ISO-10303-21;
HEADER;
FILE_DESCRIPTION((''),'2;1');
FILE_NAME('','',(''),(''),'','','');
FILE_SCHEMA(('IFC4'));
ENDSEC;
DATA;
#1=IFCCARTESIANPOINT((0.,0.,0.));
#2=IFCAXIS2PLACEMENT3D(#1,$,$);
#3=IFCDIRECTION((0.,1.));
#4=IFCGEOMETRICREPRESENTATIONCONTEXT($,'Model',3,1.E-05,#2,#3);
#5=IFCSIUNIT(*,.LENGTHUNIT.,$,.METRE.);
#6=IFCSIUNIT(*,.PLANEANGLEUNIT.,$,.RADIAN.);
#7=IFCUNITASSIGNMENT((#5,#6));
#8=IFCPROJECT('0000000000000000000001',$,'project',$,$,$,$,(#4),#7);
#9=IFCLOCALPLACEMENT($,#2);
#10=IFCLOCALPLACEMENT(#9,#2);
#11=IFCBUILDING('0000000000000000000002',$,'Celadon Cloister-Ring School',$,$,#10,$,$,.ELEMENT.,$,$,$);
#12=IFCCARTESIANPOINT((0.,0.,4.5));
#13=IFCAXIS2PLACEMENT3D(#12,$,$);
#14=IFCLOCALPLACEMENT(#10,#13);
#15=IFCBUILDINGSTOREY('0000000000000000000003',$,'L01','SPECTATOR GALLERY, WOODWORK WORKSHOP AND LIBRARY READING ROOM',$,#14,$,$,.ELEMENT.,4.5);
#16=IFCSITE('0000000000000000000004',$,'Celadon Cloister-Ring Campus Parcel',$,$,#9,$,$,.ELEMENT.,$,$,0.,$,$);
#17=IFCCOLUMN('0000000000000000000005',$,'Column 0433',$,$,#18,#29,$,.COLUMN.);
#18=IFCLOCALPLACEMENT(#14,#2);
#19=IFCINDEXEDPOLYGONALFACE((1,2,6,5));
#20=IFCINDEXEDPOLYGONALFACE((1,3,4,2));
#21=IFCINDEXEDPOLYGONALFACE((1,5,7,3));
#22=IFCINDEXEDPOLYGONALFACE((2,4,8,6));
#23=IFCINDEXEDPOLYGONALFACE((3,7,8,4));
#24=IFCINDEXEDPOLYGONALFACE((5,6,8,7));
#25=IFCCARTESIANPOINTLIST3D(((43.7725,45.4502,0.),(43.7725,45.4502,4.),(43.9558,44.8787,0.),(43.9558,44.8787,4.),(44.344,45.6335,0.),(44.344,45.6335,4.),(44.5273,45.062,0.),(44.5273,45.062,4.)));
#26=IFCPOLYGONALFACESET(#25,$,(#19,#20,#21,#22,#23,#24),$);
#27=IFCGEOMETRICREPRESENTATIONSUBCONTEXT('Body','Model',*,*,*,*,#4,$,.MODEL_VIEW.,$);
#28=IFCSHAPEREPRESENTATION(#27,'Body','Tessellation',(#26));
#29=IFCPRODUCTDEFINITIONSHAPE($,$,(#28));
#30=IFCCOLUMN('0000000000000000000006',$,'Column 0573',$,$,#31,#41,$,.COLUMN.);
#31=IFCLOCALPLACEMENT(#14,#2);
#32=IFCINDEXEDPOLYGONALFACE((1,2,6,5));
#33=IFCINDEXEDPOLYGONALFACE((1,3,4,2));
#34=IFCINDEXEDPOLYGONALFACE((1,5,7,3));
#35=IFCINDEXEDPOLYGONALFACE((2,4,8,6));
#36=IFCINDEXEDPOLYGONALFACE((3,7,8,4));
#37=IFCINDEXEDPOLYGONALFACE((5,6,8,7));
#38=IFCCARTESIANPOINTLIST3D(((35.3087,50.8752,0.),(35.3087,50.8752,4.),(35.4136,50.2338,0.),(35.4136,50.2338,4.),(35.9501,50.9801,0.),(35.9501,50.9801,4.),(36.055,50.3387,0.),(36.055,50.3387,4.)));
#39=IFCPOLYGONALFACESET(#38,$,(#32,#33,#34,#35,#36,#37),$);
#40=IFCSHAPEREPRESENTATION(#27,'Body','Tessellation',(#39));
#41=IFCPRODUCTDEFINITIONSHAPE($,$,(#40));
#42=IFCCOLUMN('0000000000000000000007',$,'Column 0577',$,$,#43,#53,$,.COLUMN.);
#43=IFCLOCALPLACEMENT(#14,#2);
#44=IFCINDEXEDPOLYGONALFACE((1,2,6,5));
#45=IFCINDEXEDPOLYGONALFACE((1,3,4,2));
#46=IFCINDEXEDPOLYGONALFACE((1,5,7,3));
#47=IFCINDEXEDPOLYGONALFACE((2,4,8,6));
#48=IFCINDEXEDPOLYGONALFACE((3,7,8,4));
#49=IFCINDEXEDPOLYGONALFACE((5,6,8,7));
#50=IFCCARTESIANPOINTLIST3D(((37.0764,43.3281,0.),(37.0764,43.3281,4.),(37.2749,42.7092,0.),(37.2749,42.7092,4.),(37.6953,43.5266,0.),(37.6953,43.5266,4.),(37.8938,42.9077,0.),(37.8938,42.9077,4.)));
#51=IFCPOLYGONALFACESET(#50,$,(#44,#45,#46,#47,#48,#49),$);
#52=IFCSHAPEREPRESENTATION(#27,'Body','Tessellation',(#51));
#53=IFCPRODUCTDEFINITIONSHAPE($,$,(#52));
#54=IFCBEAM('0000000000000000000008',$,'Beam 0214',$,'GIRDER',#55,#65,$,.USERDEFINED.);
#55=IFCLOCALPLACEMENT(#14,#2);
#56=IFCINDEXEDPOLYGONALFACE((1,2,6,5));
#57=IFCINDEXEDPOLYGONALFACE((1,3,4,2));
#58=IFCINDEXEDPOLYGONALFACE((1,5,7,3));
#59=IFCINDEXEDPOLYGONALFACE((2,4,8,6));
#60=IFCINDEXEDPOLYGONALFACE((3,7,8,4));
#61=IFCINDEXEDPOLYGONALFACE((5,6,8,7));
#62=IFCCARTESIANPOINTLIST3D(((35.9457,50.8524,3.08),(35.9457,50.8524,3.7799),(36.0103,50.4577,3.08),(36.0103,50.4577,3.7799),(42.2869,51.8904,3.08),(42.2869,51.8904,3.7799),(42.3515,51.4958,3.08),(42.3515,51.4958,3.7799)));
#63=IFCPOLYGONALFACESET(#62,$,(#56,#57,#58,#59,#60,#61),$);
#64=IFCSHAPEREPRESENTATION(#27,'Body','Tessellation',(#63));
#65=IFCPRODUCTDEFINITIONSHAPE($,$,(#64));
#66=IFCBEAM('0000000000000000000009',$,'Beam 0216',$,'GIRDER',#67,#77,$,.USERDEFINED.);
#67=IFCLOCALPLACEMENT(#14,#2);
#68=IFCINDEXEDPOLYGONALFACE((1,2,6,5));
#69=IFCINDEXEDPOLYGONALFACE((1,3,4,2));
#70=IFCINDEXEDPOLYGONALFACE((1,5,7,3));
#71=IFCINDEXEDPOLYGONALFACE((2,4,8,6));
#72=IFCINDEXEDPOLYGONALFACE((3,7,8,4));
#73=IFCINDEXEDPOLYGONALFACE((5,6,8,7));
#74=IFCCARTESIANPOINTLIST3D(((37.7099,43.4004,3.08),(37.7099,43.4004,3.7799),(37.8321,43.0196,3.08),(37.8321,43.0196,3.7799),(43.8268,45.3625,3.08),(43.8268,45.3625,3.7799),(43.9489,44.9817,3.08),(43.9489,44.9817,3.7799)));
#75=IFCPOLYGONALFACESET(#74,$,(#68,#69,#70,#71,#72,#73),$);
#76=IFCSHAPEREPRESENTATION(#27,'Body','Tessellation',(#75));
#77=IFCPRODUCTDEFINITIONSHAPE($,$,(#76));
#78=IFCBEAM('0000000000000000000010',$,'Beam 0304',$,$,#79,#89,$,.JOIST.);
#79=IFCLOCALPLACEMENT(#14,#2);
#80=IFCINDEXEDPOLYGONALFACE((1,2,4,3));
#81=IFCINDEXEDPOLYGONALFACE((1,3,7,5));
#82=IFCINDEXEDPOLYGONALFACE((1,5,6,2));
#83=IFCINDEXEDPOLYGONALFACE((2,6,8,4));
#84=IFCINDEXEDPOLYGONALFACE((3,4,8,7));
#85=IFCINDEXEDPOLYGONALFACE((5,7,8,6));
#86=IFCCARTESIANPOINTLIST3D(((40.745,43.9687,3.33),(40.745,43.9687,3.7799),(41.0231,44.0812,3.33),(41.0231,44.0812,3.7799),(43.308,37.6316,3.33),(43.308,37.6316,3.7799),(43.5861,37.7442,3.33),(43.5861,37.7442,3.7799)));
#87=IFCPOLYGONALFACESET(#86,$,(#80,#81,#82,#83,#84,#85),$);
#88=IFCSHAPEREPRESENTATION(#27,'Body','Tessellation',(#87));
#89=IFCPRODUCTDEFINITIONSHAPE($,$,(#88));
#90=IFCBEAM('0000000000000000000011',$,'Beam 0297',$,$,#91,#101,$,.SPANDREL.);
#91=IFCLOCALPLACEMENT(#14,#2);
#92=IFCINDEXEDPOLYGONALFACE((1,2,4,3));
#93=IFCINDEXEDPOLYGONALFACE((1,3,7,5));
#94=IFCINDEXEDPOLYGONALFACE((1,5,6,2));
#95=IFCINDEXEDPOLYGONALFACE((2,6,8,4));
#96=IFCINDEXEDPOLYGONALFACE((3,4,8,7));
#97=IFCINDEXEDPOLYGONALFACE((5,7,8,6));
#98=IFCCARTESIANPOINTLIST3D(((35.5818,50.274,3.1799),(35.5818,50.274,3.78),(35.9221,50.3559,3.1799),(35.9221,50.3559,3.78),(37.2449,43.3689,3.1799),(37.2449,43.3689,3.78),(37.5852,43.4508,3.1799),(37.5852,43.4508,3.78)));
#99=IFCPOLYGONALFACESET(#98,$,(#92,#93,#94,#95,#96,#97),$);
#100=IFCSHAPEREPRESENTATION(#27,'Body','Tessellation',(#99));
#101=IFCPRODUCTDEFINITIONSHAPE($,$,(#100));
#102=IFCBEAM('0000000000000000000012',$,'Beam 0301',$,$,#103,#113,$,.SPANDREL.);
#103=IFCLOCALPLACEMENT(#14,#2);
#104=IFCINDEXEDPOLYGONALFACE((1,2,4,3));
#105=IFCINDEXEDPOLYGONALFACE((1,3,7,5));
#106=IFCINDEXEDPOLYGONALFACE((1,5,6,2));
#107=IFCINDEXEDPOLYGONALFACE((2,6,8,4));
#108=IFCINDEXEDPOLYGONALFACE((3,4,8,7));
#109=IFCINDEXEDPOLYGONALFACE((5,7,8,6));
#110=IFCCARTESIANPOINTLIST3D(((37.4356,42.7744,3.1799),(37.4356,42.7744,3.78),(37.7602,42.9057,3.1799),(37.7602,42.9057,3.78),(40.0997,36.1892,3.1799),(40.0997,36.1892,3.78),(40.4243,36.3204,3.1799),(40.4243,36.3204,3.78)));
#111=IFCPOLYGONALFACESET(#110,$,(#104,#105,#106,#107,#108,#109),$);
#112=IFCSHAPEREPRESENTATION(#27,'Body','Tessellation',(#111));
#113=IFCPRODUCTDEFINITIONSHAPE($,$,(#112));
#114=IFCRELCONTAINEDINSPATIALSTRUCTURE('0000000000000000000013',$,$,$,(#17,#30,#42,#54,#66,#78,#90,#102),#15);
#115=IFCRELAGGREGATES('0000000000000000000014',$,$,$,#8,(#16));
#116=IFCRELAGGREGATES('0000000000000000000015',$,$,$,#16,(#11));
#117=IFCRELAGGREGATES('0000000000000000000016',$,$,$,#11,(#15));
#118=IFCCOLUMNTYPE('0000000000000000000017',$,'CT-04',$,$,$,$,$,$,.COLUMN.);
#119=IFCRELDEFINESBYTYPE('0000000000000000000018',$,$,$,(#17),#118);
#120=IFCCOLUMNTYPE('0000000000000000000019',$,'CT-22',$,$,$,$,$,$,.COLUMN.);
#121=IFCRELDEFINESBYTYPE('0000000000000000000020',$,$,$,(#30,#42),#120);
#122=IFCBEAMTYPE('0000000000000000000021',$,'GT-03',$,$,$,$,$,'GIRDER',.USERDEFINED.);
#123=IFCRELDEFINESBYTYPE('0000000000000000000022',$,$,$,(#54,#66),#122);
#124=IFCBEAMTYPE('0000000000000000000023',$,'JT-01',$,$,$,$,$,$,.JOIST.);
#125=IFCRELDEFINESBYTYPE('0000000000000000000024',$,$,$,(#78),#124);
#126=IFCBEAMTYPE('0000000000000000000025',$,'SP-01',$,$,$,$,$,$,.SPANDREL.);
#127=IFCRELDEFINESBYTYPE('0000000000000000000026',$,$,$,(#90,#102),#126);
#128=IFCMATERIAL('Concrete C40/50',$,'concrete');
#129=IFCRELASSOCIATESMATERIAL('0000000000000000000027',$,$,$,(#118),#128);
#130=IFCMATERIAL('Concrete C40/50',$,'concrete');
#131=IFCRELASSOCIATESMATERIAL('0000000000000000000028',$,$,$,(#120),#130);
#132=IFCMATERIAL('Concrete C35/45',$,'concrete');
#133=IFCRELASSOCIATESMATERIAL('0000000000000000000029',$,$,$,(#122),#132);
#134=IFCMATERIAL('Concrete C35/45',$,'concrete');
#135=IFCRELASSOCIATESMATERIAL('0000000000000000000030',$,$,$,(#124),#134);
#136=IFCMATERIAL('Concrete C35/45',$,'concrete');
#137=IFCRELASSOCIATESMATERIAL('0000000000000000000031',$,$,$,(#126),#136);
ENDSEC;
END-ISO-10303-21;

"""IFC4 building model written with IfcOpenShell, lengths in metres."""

from ifc_helpers import new_model, si_unit, direction, frame, origin, origin_2d, place, context, subcontext, project, spatial, rectangle, extrude, material, material_profile, profile_set, type_object, element, save


model = new_model("IFC4")

# Units and contexts
model_context = context("Model", 3, precision=1e-05, world=origin(), true_north=direction((0.0, 1.0)))
body_context = subcontext(model_context, "Body", "Model", "MODEL_VIEW")
ifc_project = project(units=[si_unit("LENGTHUNIT", "METRE"), si_unit("PLANEANGLEUNIT", "RADIAN")], contexts=[model_context])

# Site, building, storey
site_placement = place(None, origin())
site = spatial("IfcSite", under=ifc_project, at=site_placement, Name="Celadon Cloister-Ring Campus Parcel", CompositionType="ELEMENT", RefElevation=0.0)
building_placement = place(site_placement, origin())
building = spatial("IfcBuilding", under=site, at=building_placement, Name="Celadon Cloister-Ring School", CompositionType="ELEMENT")
storey_placement = place(building_placement, frame((0.0, 0.0, 4.5)))
storey = spatial("IfcBuildingStorey", under=building, at=storey_placement, Name="L01", Description="SPECTATOR GALLERY, WOODWORK WORKSHOP AND LIBRARY READING ROOM", CompositionType="ELEMENT", Elevation=4.5)

# Columns
ifc_material_1 = material(Name="Concrete C40/50", Category="concrete")
ifc_material_profile_1 = material_profile(ifc_material_1, rectangle(XDim=0.6001, YDim=0.6001, at=origin_2d()), Name="RC600X600")
ifc_profile_set_1 = profile_set([ifc_material_profile_1], Name="Concrete C40/50")
column_type_1 = type_object("IfcColumnType", Name="CT-04", PredefinedType="COLUMN", material=ifc_profile_set_1)
column_placement = place(storey_placement, frame((44.1499, 45.2561, 0.0), z_axis=(0.0, 0.0, 1.0), x_axis=(-0.952215, -0.305429, 0.0)))
element("IfcColumn", 1, at=column_placement, inside=storey, type_object=column_type_1, Name="Column 0433", PredefinedType="COLUMN", context=body_context, shape_type="SweptSolid", body=[
    extrude(rectangle(XDim=0.6001, YDim=0.6001, at=origin_2d()), origin(), (0.0, 0.0, 1.0), 4.0),
])
ifc_material_2 = material(Name="Concrete C40/50", Category="concrete")
ifc_material_profile_2 = material_profile(ifc_material_2, rectangle(XDim=0.6499, YDim=0.6499, at=origin_2d()), Name="RC650X650")
ifc_profile_set_2 = profile_set([ifc_material_profile_2], Name="Concrete C40/50")
column_type_2 = type_object("IfcColumnType", Name="CT-22", PredefinedType="COLUMN", material=ifc_profile_set_2)
for number, where, z_axis, x_axis, name in (
    (2, (35.6819, 50.6069, 0.0), (0.0, 0.0, 1.0), (-0.98689, -0.161397, 0.0), "Column 0573"),
    (3, (37.4851, 43.1179, 0.0), (0.0, 0.0, 1.0), (-0.952215, -0.305429, 0.0), "Column 0577"),
):
    element("IfcColumn", number, at=place(storey_placement, frame(where, z_axis=z_axis, x_axis=x_axis)), inside=storey, type_object=column_type_2, Name=name, PredefinedType="COLUMN", context=body_context, shape_type="SweptSolid", body=[
        extrude(rectangle(XDim=0.6499, YDim=0.6499, at=origin_2d()), origin(), (0.0, 0.0, 1.0), 4.0),
    ])

# Beams
ifc_material_3 = material(Name="Concrete C35/45", Category="concrete")
ifc_material_profile_3 = material_profile(ifc_material_3, rectangle(XDim=0.3999, YDim=0.7, at=origin_2d()), Name="RC400X700")
ifc_profile_set_3 = profile_set([ifc_material_profile_3], Name="Concrete C35/45")
beam_type_1 = type_object("IfcBeamType", Name="GT-03", ElementType="GIRDER", PredefinedType="USERDEFINED", material=ifc_profile_set_3)
beam_1_placement = place(storey_placement, frame((35.978, 50.655, 3.4299), z_axis=(0.986863, 0.161558, 0.0), x_axis=(-0.161558, 0.986863, 0.0)))
element("IfcBeam", 4, at=beam_1_placement, inside=storey, type_object=beam_type_1, Name="Beam 0214", ObjectType="GIRDER", PredefinedType="USERDEFINED", context=body_context, shape_type="SweptSolid", body=[
    extrude(rectangle(XDim=0.3999, YDim=0.7, at=origin_2d()), origin(), (0.0, 0.0, 1.0), 6.4255),
])
beam_2_placement = place(storey_placement, frame((37.771, 43.21, 3.4299), z_axis=(0.95221, 0.305444, 0.0), x_axis=(-0.305444, 0.95221, 0.0)))
element("IfcBeam", 5, at=beam_2_placement, inside=storey, type_object=beam_type_1, Name="Beam 0216", ObjectType="GIRDER", PredefinedType="USERDEFINED", context=body_context, shape_type="SweptSolid", body=[
    extrude(rectangle(XDim=0.3999, YDim=0.7, at=origin_2d()), origin(), (0.0, 0.0, 1.0), 6.4238),
])
ifc_material_4 = material(Name="Concrete C35/45", Category="concrete")
ifc_material_profile_4 = material_profile(ifc_material_4, rectangle(XDim=0.3, YDim=0.45, at=origin_2d()), Name="RC300X450")
ifc_profile_set_4 = profile_set([ifc_material_profile_4], Name="Concrete C35/45")
beam_type_2 = type_object("IfcBeamType", Name="JT-01", PredefinedType="JOIST", material=ifc_profile_set_4)
beam_3_placement = place(storey_placement, frame((40.884, 44.0249, 3.5549), z_axis=(0.374947, -0.927046, 0.0), x_axis=(0.927046, 0.374947, 0.0)))
element("IfcBeam", 6, at=beam_3_placement, inside=storey, type_object=beam_type_2, Name="Beam 0304", PredefinedType="JOIST", context=body_context, shape_type="SweptSolid", body=[
    extrude(rectangle(XDim=0.3, YDim=0.45, at=origin_2d()), origin(), (0.0, 0.0, 1.0), 6.8357),
])
ifc_material_5 = material(Name="Concrete C35/45", Category="concrete")
ifc_material_profile_5 = material_profile(ifc_material_5, rectangle(XDim=0.3501, YDim=0.6001, at=origin_2d()), Name="RC350X600")
ifc_profile_set_5 = profile_set([ifc_material_profile_5], Name="Concrete C35/45")
beam_type_3 = type_object("IfcBeamType", Name="SP-01", PredefinedType="SPANDREL", material=ifc_profile_set_5)
beam_4_placement = place(storey_placement, frame((35.752, 50.3149, 3.48), z_axis=(0.234156, -0.972199, 0.0), x_axis=(0.972199, 0.234156, 0.0)))
element("IfcBeam", 7, at=beam_4_placement, inside=storey, type_object=beam_type_3, Name="Beam 0297", PredefinedType="SPANDREL", context=body_context, shape_type="SweptSolid", body=[
    extrude(rectangle(XDim=0.3501, YDim=0.6001, at=origin_2d()), origin(), (0.0, 0.0, 1.0), 7.1025),
])
beam_5_placement = place(storey_placement, frame((37.5979, 42.8401, 3.48), z_axis=(0.375026, -0.927014, 0.0), x_axis=(0.927014, 0.375026, 0.0)))
element("IfcBeam", 8, at=beam_5_placement, inside=storey, type_object=beam_type_3, Name="Beam 0301", PredefinedType="SPANDREL", context=body_context, shape_type="SweptSolid", body=[
    extrude(rectangle(XDim=0.3501, YDim=0.6001, at=origin_2d()), origin(), (0.0, 0.0, 1.0), 7.1038),
])

save(model, "model.ifc")
